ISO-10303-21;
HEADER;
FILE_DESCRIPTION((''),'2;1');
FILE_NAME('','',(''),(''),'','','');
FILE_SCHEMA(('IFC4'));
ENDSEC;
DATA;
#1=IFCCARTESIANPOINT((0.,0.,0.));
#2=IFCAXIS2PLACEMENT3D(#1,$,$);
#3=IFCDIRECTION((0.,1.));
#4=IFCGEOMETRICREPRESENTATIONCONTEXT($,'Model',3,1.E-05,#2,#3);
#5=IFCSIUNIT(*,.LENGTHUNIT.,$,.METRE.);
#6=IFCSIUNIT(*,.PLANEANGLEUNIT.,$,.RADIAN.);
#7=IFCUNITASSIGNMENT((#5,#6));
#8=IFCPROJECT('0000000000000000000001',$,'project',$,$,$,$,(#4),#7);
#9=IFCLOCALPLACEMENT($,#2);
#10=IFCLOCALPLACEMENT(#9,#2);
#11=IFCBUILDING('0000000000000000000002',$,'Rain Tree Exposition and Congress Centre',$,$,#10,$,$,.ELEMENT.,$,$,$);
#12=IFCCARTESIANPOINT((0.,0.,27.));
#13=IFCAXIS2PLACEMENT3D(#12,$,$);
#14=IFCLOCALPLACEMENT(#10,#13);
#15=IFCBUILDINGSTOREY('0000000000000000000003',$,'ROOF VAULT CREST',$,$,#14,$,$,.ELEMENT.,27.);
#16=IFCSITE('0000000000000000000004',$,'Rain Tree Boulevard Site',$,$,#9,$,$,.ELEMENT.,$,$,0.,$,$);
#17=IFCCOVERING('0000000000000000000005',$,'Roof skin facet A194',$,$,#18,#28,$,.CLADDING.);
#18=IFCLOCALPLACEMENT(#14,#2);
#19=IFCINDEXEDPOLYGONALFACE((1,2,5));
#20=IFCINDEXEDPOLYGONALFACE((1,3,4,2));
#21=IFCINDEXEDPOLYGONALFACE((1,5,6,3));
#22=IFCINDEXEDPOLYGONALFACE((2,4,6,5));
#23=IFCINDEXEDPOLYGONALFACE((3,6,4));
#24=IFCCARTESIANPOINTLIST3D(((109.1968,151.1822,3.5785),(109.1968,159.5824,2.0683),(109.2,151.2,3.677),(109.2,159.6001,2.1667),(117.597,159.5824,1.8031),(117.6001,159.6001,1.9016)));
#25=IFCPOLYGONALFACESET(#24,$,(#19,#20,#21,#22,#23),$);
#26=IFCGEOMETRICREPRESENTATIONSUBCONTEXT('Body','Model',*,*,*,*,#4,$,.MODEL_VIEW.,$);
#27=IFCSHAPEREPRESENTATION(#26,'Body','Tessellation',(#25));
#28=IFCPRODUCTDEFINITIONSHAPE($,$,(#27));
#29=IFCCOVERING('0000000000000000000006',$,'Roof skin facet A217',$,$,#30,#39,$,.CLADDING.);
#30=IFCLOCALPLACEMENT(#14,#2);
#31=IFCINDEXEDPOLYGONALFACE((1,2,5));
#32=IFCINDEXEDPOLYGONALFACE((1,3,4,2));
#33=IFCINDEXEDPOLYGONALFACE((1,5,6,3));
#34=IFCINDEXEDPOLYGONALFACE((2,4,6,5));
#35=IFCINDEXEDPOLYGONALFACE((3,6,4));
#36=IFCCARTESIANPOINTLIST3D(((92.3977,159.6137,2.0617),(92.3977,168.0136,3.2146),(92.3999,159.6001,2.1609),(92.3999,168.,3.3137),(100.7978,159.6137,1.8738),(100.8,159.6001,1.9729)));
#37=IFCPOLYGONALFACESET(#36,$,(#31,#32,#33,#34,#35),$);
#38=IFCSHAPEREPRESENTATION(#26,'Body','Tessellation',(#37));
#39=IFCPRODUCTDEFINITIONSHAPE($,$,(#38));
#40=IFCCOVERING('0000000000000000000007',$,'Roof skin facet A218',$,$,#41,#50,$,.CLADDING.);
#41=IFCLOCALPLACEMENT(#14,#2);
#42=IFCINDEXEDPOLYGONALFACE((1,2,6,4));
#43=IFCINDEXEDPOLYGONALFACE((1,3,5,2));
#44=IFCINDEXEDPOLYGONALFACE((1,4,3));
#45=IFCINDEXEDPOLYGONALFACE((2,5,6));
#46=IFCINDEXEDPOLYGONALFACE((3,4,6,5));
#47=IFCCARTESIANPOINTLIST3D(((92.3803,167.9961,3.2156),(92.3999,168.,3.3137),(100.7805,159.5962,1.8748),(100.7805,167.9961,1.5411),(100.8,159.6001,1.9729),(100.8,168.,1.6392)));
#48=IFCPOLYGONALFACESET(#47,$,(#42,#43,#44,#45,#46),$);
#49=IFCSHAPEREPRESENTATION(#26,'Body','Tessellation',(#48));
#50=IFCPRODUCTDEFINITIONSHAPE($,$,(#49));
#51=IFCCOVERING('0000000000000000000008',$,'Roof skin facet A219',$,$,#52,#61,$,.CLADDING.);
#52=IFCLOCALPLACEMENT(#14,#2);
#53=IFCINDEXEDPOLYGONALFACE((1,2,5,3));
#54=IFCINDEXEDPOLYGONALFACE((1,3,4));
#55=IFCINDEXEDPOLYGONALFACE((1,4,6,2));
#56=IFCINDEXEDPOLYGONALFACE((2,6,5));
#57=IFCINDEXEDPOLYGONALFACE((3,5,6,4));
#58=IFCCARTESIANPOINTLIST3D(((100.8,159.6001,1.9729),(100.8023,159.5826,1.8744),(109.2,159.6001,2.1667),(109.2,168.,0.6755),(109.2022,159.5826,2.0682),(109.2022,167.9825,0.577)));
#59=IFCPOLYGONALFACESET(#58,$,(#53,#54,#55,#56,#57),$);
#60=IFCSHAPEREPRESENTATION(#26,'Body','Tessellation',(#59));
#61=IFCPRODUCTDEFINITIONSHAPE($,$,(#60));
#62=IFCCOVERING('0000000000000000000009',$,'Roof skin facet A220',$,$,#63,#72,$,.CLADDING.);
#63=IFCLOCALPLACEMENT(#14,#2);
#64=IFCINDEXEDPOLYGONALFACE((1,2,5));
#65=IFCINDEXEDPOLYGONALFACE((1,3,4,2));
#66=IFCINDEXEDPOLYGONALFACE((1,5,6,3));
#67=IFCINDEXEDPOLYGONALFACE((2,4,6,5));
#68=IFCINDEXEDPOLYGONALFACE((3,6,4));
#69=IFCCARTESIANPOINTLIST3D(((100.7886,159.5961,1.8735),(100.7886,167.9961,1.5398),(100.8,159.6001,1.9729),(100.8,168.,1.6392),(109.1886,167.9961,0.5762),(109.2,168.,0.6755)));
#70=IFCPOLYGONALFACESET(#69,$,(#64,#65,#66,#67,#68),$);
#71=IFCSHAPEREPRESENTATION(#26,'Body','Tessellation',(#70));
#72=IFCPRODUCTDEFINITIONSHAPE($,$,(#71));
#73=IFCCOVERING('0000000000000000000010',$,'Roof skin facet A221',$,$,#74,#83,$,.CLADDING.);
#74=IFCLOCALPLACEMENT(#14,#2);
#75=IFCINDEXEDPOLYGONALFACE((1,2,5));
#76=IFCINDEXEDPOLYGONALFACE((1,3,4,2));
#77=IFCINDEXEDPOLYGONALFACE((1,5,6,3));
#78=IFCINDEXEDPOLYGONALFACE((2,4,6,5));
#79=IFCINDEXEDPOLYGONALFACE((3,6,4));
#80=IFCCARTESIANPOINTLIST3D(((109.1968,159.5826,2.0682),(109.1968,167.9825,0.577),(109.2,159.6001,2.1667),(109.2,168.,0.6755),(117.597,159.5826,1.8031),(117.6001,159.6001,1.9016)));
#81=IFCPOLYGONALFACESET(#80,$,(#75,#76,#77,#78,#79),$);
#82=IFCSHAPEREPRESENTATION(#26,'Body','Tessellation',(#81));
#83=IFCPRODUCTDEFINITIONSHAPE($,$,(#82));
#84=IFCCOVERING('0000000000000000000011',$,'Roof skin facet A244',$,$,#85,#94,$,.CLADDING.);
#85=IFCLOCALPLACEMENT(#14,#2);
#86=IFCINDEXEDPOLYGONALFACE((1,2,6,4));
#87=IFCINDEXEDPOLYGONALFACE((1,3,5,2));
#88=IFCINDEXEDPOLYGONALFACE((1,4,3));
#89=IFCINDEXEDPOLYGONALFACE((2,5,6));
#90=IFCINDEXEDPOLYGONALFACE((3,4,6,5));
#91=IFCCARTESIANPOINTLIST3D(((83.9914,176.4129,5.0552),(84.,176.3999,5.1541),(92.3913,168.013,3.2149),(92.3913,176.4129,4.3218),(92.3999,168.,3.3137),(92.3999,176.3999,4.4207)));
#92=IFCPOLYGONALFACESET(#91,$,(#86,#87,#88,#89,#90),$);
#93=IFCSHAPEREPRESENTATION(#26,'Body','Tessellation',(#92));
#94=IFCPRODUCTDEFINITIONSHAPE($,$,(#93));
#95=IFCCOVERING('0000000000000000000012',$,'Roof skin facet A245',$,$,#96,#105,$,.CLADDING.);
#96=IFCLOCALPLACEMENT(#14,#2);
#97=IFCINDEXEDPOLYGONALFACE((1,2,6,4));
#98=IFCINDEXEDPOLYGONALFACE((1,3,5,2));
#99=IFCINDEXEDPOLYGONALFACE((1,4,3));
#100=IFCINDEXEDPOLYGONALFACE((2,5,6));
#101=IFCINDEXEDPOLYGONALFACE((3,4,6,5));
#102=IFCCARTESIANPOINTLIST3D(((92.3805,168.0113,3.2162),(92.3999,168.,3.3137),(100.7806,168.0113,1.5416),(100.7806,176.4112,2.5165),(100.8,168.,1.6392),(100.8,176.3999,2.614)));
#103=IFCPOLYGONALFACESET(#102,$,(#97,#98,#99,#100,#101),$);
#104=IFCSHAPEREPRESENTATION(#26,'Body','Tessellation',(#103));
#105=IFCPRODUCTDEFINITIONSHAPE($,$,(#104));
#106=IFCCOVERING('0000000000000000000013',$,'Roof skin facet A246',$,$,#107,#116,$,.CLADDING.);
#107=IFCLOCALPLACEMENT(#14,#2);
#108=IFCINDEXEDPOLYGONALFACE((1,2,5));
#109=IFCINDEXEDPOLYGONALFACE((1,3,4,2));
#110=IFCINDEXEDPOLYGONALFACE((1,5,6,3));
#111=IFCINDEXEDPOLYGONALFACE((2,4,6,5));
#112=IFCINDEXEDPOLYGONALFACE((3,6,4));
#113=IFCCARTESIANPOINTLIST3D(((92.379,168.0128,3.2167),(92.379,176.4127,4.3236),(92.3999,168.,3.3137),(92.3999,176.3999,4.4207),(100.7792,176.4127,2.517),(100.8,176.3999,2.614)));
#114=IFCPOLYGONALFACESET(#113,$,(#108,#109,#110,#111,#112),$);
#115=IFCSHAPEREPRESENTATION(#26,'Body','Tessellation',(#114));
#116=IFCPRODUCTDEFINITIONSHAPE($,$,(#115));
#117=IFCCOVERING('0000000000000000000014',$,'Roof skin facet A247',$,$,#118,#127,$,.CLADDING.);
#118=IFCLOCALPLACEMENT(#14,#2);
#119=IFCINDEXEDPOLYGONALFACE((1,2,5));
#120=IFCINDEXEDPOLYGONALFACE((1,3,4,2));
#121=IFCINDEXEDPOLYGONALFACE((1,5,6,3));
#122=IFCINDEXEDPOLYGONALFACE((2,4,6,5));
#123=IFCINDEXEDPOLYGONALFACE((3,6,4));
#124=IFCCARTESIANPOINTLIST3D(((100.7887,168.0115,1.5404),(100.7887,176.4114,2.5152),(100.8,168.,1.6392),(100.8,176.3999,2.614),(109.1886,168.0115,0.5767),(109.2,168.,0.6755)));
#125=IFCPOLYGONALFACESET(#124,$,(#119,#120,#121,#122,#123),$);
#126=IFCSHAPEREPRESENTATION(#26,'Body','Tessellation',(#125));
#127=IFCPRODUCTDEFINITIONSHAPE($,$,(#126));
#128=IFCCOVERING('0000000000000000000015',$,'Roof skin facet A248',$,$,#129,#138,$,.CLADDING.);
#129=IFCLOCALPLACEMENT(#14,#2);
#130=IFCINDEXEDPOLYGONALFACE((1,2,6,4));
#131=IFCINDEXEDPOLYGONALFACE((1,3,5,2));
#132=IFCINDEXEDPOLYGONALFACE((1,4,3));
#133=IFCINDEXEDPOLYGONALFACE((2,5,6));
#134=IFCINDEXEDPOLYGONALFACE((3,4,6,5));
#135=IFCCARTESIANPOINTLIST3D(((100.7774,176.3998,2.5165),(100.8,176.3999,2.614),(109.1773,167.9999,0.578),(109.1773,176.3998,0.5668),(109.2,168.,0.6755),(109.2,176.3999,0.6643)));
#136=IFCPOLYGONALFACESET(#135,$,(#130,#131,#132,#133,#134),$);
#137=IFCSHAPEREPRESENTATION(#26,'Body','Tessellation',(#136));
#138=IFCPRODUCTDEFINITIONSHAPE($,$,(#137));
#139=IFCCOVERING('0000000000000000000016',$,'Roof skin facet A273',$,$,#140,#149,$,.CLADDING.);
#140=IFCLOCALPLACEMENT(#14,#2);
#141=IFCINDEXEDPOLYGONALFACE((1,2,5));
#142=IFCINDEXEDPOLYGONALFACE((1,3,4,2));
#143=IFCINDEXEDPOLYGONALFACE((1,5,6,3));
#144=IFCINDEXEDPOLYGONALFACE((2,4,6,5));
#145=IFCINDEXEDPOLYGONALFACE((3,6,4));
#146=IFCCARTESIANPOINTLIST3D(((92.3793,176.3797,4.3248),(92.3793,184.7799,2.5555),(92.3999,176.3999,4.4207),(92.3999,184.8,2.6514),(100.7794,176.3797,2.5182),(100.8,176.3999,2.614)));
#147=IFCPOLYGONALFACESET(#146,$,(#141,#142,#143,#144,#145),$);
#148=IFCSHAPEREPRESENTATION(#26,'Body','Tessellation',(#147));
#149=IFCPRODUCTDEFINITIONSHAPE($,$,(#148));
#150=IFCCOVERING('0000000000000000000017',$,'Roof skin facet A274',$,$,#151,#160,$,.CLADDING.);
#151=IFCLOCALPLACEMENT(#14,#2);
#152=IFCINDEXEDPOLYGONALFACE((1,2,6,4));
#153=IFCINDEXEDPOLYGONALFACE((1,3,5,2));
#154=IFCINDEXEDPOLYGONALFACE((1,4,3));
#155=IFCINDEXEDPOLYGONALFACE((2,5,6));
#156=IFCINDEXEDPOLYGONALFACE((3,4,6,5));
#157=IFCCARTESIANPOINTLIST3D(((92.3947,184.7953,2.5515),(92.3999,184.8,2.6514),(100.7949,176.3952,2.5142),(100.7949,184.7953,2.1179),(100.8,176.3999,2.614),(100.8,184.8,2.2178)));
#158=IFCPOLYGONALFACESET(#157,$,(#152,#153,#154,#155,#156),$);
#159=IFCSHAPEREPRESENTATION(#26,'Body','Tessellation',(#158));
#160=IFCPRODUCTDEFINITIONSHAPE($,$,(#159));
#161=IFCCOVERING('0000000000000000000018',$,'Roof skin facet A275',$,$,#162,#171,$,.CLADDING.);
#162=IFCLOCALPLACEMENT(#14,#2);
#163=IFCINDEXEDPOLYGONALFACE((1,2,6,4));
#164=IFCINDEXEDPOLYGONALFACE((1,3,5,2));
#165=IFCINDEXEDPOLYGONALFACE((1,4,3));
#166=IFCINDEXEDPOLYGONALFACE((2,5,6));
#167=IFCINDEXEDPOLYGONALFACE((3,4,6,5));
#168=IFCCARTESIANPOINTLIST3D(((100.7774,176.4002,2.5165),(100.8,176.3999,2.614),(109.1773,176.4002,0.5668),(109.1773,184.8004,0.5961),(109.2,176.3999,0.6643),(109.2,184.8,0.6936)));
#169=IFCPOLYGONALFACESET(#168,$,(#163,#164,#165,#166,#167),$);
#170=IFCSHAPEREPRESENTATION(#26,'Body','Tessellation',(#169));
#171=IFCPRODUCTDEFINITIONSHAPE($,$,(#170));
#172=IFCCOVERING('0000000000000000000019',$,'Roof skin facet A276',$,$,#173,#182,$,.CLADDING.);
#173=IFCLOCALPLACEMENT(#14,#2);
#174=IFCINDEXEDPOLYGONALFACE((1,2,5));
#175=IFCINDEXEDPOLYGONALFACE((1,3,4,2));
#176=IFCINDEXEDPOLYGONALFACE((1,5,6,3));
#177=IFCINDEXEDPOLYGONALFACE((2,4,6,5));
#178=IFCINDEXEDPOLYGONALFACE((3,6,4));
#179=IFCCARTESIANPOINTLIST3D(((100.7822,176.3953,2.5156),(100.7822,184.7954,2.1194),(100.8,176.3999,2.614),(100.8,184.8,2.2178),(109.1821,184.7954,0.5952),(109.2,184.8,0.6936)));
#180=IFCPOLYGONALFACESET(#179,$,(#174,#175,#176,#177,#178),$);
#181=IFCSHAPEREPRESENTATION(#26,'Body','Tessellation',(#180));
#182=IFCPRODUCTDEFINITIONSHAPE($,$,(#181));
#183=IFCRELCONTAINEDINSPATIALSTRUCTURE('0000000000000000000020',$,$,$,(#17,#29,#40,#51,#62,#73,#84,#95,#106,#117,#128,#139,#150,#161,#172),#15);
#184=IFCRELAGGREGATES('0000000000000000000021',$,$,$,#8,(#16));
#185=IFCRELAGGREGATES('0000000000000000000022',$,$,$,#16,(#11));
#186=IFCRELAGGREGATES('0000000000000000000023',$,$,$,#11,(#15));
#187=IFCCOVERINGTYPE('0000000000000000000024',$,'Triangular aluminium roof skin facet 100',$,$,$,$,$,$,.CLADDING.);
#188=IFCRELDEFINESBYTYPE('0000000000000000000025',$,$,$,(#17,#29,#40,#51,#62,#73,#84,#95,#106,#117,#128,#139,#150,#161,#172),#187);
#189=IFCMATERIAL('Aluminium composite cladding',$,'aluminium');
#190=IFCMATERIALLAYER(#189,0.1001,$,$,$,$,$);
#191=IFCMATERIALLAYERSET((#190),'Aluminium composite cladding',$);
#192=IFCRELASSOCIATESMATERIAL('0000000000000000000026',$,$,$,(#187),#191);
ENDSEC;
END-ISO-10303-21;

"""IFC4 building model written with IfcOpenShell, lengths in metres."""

from ifc_helpers import new_model, si_unit, direction, frame, origin, place, context, subcontext, project, spatial, polyline, outline, extrude, material, layer, layer_set, type_object, element, save


model = new_model("IFC4")

# Units and contexts
model_context = context("Model", 3, precision=1e-05, world=origin(), true_north=direction((0.0, 1.0)))
body_context = subcontext(model_context, "Body", "Model", "MODEL_VIEW")
ifc_project = project(units=[si_unit("LENGTHUNIT", "METRE"), si_unit("PLANEANGLEUNIT", "RADIAN")], contexts=[model_context])

# Site, building, storey
site_placement = place(None, origin())
site = spatial("IfcSite", under=ifc_project, at=site_placement, Name="Rain Tree Boulevard Site", CompositionType="ELEMENT", RefElevation=0.0)
building_placement = place(site_placement, origin())
building = spatial("IfcBuilding", under=site, at=building_placement, Name="Rain Tree Exposition and Congress Centre", CompositionType="ELEMENT")
storey_placement = place(building_placement, frame((0.0, 0.0, 27.0)))
storey = spatial("IfcBuildingStorey", under=building, at=storey_placement, Name="ROOF VAULT CREST", CompositionType="ELEMENT", Elevation=27.0)

# Coverings
ifc_material_1 = material(Name="Aluminium composite cladding", Category="aluminium")
ifc_layer_1 = layer(ifc_material_1, 0.1001)
ifc_layer_set_1 = layer_set([ifc_layer_1], Name="Aluminium composite cladding")
covering_type_1 = type_object("IfcCoveringType", Name="Triangular aluminium roof skin facet 100", PredefinedType="CLADDING", material=ifc_layer_set_1)
covering_1_placement = place(storey_placement, frame((109.2, 151.2, 3.677), z_axis=(0.03105, 0.176867, 0.983745), x_axis=(0.69934, 0.69934, -0.147807)))
element("IfcCovering", 1, at=covering_1_placement, inside=storey, type_object=covering_type_1, Name="Roof skin facet A194", PredefinedType="CLADDING", context=body_context, shape_type="SweptSolid", body=[
    extrude(outline(polyline([(0.0, 0.0), (12.0115, 0.0), (6.0978, 5.9716), (0.0, 0.0)])), origin(), (0.0, 0.0, -1.0), 0.1001),
])
covering_2_placement = place(storey_placement, frame((92.3999, 159.6001, 2.1609), z_axis=(0.022166, -0.135936, 0.99047), x_axis=(0.99975, 0.0, -0.022374)))
element("IfcCovering", 2, at=covering_2_placement, inside=storey, type_object=covering_type_1, Name="Roof skin facet A217", PredefinedType="CLADDING", context=body_context, shape_type="SweptSolid", body=[
    extrude(outline(polyline([(0.0, 0.0), (8.4022, 0.0), (-0.0258, 8.4786), (0.0, 0.0)])), origin(), (0.0, 0.0, -1.0), 0.1001),
])
covering_3_placement = place(storey_placement, frame((100.8, 159.6001, 1.9729), z_axis=(0.195354, 0.038935, 0.97996), x_axis=(0.0, 0.999212, -0.0397)))
element("IfcCovering", 3, at=covering_3_placement, inside=storey, type_object=covering_type_1, Name="Roof skin facet A218", PredefinedType="CLADDING", context=body_context, shape_type="SweptSolid", body=[
    extrude(outline(polyline([(0.0, 0.0), (8.4065, 0.0), (8.34, 8.5652), (0.0, 0.0)])), origin(), (0.0, 0.0, -1.0), 0.1001),
])
covering_4_placement = place(storey_placement, frame((100.8, 159.6001, 1.9729), z_axis=(-0.022716, 0.174749, 0.984351), x_axis=(0.999734, 0.0, 0.023071)))
element("IfcCovering", 4, at=covering_4_placement, inside=storey, type_object=covering_type_1, Name="Roof skin facet A219", PredefinedType="CLADDING", context=body_context, shape_type="SweptSolid", body=[
    extrude(outline(polyline([(0.0, 0.0), (8.4021, 0.0), (8.3677, 8.5312), (0.0, 0.0)])), origin(), (0.0, 0.0, -1.0), 0.1001),
])
covering_5_placement = place(storey_placement, frame((100.8, 159.6001, 1.9729), z_axis=(0.113882, 0.039442, 0.992711), x_axis=(0.702927, 0.702927, -0.108567)))
element("IfcCovering", 5, at=covering_5_placement, inside=storey, type_object=covering_type_1, Name="Roof skin facet A220", PredefinedType="CLADDING", context=body_context, shape_type="SweptSolid", body=[
    extrude(outline(polyline([(0.0, 0.0), (11.9499, 0.0), (5.9408, 5.9479), (0.0, 0.0)])), origin(), (0.0, 0.0, -1.0), 0.1001),
])
covering_6_placement = place(storey_placement, frame((109.2, 159.6001, 2.1667), z_axis=(0.031062, 0.17471, 0.98413), x_axis=(0.999502, 0.0, -0.031548)))
element("IfcCovering", 6, at=covering_6_placement, inside=storey, type_object=covering_type_1, Name="Roof skin facet A221", PredefinedType="CLADDING", context=body_context, shape_type="SweptSolid", body=[
    extrude(outline(polyline([(0.0, 0.0), (8.4043, 0.0), (0.047, 8.5311), (0.0, 0.0)])), origin(), (0.0, 0.0, -1.0), 0.1001),
])
covering_7_placement = place(storey_placement, frame((92.3999, 168.0, 3.3137), z_axis=(0.086239, -0.130163, 0.987735), x_axis=(0.0, 0.991429, 0.13065)))
element("IfcCovering", 7, at=covering_7_placement, inside=storey, type_object=covering_type_1, Name="Roof skin facet A244", PredefinedType="CLADDING", context=body_context, shape_type="SweptSolid", body=[
    extrude(outline(polyline([(0.0, 0.0), (8.4725, 0.0), (8.5683, 8.4313), (0.0, 0.0)])), origin(), (0.0, 0.0, -1.0), 0.1001),
])
covering_8_placement = place(storey_placement, frame((92.3999, 168.0, 3.3137), z_axis=(0.194248, -0.113086, 0.974412), x_axis=(0.980703, 0.0, -0.195502)))
element("IfcCovering", 8, at=covering_8_placement, inside=storey, type_object=covering_type_1, Name="Roof skin facet A245", PredefinedType="CLADDING", context=body_context, shape_type="SweptSolid", body=[
    extrude(outline(polyline([(0.0, 0.0), (8.5654, 0.0), (8.3748, 8.4541), (0.0, 0.0)])), origin(), (0.0, 0.0, -1.0), 0.1001),
])
covering_9_placement = place(storey_placement, frame((92.3999, 168.0, 3.3137), z_axis=(0.208541, -0.127777, 0.969631), x_axis=(0.705894, 0.705873, -0.058799)))
element("IfcCovering", 9, at=covering_9_placement, inside=storey, type_object=covering_type_1, Name="Roof skin facet A246", PredefinedType="CLADDING", context=body_context, shape_type="SweptSolid", body=[
    extrude(outline(polyline([(0.0, 0.0), (11.9, 0.0), (5.8642, 6.1152), (0.0, 0.0)])), origin(), (0.0, 0.0, -1.0), 0.1001),
])
covering_10_placement = place(storey_placement, frame((100.8, 168.0, 1.6392), z_axis=(0.113221, -0.11454, 0.986946), x_axis=(0.993484, 0.0, -0.113971)))
element("IfcCovering", 10, at=covering_10_placement, inside=storey, type_object=covering_type_1, Name="Roof skin facet A247", PredefinedType="CLADDING", context=body_context, shape_type="SweptSolid", body=[
    extrude(outline(polyline([(0.0, 0.0), (8.455, 0.0), (-0.1111, 8.4556), (0.0, 0.0)])), origin(), (0.0, 0.0, -1.0), 0.1001),
])
covering_11_placement = place(storey_placement, frame((109.2, 168.0, 0.6755), z_axis=(0.2261, 0.001302, 0.974103), x_axis=(0.0, 0.999999, -0.001337)))
element("IfcCovering", 11, at=covering_11_placement, inside=storey, type_object=covering_type_1, Name="Roof skin facet A248", PredefinedType="CLADDING", context=body_context, shape_type="SweptSolid", body=[
    extrude(outline(polyline([(0.0, 0.0), (8.3999, 0.0), (8.3973, 8.6232), (0.0, 0.0)])), origin(), (0.0, 0.0, -1.0), 0.1001),
])
covering_12_placement = place(storey_placement, frame((92.3999, 176.3999, 4.4207), z_axis=(0.205944, 0.201686, 0.957554), x_axis=(0.977645, 0.0, -0.210264)))
element("IfcCovering", 12, at=covering_12_placement, inside=storey, type_object=covering_type_1, Name="Roof skin facet A273", PredefinedType="CLADDING", context=body_context, shape_type="SweptSolid", body=[
    extrude(outline(polyline([(0.0, 0.0), (8.5922, 0.0), (0.372, 8.5764), (0.0, 0.0)])), origin(), (0.0, 0.0, -1.0), 0.1001),
])
covering_13_placement = place(storey_placement, frame((100.8, 176.3999, 2.614), z_axis=(0.051492, 0.047056, 0.997564), x_axis=(0.0, 0.998889, -0.047118)))
element("IfcCovering", 13, at=covering_13_placement, inside=storey, type_object=covering_type_1, Name="Roof skin facet A274", PredefinedType="CLADDING", context=body_context, shape_type="SweptSolid", body=[
    extrude(outline(polyline([(0.0, 0.0), (8.4095, 0.0), (8.3891, 8.4113), (0.0, 0.0)])), origin(), (0.0, 0.0, -1.0), 0.1001),
])
covering_14_placement = place(storey_placement, frame((100.8, 176.3999, 2.614), z_axis=(0.226099, -0.003397, 0.974098), x_axis=(0.974104, 0.0, -0.2261)))
element("IfcCovering", 14, at=covering_14_placement, inside=storey, type_object=covering_type_1, Name="Roof skin facet A275", PredefinedType="CLADDING", context=body_context, shape_type="SweptSolid", body=[
    extrude(outline(polyline([(0.0, 0.0), (8.6232, 0.0), (8.6166, 8.4002), (0.0, 0.0)])), origin(), (0.0, 0.0, -1.0), 0.1001),
])
covering_15_placement = place(storey_placement, frame((100.8, 176.3999, 2.614), z_axis=(0.178344, 0.046363, 0.982875), x_axis=(0.698034, 0.698055, -0.159587)))
element("IfcCovering", 15, at=covering_15_placement, inside=storey, type_object=covering_type_1, Name="Roof skin facet A276", PredefinedType="CLADDING", context=body_context, shape_type="SweptSolid", body=[
    extrude(outline(polyline([(0.0, 0.0), (12.0337, 0.0), (5.927, 5.9658), (0.0, 0.0)])), origin(), (0.0, 0.0, -1.0), 0.1001),
])

save(model, "model.ifc")
